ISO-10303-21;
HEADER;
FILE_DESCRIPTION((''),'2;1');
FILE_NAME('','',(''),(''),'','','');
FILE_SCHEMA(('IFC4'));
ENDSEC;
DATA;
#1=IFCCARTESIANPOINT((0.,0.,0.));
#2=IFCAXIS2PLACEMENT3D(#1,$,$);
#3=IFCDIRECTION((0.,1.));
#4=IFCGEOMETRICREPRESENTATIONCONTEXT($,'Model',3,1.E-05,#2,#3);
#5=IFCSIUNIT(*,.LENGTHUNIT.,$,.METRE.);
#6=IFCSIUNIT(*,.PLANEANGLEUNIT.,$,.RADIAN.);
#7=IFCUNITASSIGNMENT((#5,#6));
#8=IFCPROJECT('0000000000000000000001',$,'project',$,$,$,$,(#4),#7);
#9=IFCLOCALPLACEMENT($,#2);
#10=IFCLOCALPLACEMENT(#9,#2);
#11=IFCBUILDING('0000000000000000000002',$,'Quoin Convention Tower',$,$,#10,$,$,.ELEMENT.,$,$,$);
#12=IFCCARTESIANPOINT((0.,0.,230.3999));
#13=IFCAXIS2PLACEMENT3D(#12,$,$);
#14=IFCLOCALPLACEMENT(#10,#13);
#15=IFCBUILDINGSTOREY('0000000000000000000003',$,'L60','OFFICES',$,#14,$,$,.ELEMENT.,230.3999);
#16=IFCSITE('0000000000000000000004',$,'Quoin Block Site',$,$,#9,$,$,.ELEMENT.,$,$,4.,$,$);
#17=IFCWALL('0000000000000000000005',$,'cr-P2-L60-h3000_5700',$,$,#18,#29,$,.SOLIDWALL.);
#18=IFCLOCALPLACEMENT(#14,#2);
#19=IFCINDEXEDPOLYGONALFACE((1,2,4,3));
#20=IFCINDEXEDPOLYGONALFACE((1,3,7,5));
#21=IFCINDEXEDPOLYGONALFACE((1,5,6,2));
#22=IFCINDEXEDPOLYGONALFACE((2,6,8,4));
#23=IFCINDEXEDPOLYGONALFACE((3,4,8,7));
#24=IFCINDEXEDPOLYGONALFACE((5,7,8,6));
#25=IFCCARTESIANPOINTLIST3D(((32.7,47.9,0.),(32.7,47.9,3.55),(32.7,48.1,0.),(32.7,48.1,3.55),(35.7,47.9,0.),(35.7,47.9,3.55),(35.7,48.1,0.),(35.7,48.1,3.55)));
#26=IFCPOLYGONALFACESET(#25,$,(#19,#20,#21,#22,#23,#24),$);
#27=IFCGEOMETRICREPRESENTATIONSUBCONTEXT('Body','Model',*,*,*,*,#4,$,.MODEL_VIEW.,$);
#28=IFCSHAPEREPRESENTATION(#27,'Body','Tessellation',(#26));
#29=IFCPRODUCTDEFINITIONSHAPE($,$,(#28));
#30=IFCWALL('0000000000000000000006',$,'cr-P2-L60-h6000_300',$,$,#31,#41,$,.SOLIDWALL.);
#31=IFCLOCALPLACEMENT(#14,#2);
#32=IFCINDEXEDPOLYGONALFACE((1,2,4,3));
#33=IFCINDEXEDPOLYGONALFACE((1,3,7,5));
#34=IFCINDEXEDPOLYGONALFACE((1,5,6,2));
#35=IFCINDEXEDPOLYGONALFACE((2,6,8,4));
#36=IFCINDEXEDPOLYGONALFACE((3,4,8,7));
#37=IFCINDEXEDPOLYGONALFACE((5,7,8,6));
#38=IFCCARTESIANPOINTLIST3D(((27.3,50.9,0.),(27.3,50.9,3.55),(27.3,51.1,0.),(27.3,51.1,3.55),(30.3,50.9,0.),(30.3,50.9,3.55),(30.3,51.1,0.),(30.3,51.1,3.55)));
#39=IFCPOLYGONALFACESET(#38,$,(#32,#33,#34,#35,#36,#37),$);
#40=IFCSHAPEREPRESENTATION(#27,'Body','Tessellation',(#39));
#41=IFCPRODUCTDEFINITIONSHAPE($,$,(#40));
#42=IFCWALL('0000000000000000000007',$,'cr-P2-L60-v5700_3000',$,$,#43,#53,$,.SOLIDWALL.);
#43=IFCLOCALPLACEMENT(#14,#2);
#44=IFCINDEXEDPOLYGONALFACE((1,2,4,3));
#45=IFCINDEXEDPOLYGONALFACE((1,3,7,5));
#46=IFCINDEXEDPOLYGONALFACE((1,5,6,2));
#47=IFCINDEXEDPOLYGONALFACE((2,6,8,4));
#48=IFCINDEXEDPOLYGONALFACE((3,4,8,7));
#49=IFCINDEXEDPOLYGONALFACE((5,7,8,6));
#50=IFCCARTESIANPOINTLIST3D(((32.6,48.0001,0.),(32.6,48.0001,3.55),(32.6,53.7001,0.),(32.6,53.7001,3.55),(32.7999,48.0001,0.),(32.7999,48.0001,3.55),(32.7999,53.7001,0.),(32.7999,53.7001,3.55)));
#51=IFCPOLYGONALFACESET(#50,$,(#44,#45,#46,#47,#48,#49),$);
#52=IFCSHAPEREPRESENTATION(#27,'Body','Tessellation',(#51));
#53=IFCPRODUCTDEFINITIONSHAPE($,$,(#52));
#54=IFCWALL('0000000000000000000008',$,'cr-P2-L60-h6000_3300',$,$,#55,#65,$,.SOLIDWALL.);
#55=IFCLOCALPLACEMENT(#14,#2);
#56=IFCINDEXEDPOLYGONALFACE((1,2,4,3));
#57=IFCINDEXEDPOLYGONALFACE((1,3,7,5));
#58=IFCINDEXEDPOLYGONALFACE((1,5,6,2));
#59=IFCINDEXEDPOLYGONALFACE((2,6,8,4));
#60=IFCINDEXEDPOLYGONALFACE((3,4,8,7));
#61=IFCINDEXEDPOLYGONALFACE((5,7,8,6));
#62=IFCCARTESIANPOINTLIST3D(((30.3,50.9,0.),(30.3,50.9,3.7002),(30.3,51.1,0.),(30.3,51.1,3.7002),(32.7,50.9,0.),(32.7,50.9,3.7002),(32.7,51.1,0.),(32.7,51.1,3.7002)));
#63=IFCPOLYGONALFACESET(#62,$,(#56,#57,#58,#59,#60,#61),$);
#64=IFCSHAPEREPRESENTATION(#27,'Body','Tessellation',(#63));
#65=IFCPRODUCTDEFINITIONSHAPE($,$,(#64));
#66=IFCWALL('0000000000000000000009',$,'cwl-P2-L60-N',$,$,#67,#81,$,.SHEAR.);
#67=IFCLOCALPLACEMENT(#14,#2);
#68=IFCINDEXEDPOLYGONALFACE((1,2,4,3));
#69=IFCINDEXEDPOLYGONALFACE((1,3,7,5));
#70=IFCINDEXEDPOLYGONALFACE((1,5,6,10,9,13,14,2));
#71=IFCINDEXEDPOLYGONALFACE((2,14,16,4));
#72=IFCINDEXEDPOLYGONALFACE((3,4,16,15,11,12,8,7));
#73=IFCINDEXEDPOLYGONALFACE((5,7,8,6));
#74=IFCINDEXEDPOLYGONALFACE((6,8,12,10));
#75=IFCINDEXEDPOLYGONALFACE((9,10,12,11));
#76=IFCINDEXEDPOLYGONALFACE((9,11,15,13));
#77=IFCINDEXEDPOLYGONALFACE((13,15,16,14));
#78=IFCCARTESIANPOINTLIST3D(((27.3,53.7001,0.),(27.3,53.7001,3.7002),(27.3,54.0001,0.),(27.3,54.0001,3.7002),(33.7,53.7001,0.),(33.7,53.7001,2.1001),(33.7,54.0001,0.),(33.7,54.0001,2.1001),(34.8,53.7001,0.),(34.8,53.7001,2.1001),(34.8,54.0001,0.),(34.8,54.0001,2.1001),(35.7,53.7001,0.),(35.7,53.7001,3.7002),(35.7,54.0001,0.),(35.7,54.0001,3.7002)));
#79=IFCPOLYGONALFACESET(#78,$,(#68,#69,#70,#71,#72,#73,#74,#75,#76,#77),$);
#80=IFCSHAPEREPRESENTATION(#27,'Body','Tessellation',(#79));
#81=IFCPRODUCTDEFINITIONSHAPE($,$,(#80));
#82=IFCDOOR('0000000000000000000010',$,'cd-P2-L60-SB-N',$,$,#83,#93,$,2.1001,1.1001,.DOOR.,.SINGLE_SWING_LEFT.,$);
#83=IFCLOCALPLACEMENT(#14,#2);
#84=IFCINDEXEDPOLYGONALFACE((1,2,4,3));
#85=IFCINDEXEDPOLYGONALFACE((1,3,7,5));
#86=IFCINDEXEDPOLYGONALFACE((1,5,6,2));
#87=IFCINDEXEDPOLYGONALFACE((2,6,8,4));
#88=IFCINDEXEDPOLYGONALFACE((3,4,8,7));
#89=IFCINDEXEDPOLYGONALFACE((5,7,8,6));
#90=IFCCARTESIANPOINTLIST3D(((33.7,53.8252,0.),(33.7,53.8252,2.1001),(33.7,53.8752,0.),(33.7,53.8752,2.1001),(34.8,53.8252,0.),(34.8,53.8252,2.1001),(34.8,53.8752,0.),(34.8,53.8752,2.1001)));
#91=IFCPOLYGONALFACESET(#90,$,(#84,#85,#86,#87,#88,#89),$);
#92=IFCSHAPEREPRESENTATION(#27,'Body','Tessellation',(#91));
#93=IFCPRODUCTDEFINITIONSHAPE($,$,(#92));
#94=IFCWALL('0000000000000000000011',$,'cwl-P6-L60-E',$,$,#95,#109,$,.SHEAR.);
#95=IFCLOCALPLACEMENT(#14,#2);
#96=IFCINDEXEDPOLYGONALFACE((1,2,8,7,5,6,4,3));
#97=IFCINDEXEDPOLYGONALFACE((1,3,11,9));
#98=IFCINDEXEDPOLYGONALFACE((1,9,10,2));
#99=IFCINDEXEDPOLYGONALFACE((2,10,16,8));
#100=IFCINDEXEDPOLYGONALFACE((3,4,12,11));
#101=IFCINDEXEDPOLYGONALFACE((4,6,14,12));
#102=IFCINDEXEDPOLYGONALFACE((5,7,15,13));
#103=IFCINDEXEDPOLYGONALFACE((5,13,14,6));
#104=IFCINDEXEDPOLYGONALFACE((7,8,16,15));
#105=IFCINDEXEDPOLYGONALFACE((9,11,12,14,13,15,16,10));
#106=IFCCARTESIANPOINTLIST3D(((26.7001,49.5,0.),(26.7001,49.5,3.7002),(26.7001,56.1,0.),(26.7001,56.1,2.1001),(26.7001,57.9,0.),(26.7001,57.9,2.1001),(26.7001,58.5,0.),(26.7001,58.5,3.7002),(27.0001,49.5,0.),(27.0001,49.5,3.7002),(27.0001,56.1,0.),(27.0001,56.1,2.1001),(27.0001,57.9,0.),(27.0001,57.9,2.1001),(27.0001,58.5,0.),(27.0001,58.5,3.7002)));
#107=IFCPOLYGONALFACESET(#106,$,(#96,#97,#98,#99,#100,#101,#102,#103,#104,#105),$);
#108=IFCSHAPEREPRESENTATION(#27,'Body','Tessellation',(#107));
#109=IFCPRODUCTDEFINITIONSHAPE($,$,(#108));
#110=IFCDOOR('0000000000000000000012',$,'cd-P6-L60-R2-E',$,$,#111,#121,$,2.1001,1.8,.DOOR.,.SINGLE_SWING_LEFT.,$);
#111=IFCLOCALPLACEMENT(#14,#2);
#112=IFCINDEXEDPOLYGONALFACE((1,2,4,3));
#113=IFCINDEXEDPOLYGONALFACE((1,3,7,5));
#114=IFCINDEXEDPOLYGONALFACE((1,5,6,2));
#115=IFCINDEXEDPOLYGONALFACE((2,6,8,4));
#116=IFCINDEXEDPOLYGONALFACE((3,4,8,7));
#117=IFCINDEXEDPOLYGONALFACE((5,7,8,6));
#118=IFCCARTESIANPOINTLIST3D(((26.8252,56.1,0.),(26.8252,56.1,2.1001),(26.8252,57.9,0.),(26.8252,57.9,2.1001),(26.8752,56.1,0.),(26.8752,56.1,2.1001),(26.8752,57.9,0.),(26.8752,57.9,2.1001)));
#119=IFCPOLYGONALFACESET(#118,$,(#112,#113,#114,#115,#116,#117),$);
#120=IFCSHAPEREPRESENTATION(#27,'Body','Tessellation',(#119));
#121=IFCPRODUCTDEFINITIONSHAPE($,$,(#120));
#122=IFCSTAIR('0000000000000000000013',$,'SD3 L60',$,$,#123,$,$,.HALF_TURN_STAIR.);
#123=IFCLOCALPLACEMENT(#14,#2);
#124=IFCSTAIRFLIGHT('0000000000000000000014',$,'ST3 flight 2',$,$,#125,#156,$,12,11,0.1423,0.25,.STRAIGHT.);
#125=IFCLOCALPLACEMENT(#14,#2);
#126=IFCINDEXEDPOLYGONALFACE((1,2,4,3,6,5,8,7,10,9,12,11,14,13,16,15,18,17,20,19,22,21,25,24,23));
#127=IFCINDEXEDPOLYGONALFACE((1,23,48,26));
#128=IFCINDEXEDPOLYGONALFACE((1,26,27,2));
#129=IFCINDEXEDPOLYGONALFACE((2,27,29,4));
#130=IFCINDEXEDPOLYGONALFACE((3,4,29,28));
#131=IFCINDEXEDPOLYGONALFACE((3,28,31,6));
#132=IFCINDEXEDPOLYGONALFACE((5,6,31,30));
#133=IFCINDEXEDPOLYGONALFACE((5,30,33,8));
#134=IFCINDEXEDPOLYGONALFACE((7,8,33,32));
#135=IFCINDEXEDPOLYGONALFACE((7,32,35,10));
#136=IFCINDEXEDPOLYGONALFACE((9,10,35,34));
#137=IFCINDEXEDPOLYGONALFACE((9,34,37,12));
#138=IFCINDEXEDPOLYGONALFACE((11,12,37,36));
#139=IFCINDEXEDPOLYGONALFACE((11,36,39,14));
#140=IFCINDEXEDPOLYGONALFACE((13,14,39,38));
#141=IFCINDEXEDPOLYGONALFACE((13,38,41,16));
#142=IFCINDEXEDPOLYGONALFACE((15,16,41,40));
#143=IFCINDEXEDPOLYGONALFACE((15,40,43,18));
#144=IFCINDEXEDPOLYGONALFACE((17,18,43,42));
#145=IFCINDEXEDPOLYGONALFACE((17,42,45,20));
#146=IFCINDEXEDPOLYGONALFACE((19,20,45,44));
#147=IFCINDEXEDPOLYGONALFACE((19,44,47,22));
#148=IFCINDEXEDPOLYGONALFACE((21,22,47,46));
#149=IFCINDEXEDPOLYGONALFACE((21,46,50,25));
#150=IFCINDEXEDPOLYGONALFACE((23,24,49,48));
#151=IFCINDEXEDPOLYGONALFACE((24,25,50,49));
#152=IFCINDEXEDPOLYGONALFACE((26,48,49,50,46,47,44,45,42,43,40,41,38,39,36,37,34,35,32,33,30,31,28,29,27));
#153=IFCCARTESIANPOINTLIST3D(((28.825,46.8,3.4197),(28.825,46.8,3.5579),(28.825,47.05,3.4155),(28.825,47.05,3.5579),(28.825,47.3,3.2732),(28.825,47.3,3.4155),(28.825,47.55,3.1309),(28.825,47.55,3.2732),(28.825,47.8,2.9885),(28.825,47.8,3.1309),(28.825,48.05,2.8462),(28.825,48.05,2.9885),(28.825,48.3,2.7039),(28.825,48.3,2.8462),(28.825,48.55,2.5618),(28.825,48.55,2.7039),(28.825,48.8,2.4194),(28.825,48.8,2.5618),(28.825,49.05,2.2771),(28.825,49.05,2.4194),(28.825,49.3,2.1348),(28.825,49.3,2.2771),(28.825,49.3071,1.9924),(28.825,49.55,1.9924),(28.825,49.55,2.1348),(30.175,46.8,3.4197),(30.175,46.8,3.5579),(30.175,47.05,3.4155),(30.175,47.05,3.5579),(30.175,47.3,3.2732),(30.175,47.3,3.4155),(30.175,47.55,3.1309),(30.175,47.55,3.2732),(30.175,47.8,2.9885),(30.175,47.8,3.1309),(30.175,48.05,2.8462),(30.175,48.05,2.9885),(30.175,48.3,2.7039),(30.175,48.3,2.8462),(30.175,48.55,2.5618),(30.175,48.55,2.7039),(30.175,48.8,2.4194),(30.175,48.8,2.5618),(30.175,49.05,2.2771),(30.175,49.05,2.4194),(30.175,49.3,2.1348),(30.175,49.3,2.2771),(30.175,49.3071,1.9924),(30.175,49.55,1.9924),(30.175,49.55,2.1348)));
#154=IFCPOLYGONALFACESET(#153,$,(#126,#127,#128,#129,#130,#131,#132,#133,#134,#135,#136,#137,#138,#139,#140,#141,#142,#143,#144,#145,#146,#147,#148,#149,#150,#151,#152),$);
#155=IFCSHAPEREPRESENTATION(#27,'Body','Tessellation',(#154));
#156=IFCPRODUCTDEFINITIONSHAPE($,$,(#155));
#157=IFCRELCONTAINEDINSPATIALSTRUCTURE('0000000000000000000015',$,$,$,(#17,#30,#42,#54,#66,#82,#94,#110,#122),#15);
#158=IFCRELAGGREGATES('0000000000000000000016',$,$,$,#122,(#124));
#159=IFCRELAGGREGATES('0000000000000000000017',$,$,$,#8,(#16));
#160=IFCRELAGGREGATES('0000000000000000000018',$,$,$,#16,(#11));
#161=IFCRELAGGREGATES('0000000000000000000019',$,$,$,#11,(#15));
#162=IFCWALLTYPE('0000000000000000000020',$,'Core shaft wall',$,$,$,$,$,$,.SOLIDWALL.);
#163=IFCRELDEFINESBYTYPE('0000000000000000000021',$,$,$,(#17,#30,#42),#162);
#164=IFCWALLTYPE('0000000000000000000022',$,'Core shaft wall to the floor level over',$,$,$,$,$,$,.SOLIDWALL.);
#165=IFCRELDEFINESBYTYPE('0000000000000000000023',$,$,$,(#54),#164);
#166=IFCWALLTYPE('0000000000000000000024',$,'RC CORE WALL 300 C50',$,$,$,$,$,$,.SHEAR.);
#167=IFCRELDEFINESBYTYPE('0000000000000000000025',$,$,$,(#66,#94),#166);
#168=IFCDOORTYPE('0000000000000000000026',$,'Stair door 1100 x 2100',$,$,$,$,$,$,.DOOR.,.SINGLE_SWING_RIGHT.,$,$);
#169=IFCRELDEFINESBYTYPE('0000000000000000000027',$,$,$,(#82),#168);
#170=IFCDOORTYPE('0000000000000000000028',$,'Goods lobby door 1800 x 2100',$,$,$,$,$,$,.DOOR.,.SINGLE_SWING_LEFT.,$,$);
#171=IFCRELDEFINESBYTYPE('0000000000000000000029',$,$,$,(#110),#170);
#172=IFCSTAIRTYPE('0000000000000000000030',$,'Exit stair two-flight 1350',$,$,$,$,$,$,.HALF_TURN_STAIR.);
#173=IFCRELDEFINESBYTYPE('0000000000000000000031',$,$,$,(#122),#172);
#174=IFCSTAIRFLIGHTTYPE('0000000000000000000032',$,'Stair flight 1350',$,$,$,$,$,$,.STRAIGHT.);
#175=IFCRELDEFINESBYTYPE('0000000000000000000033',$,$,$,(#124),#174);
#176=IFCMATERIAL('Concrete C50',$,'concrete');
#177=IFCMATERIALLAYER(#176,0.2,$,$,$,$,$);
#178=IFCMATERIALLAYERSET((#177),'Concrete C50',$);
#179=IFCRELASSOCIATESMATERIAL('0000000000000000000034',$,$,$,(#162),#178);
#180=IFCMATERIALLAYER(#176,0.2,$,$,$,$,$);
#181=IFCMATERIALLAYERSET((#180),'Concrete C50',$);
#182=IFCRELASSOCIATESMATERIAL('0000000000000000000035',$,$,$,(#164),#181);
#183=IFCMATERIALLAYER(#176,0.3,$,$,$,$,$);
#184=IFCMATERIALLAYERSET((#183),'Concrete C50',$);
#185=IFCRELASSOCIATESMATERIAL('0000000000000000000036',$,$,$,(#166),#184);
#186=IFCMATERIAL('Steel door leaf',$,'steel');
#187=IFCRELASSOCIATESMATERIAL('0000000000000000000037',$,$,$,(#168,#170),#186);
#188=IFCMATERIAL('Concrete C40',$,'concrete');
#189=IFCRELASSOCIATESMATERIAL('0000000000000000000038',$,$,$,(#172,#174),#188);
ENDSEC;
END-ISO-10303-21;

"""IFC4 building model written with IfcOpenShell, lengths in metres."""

from ifc_helpers import new_model, si_unit, direction, frame, frame_2d, origin, place, context, subcontext, project, spatial, polyline, rectangle, outline, extrude, material, layer, layer_set, type_object, element, fill, aggregate, save


model = new_model("IFC4")

# Units and contexts
model_context = context("Model", 3, precision=1e-05, world=origin(), true_north=direction((0.0, 1.0)))
body_context = subcontext(model_context, "Body", "Model", "MODEL_VIEW")
ifc_project = project(units=[si_unit("LENGTHUNIT", "METRE"), si_unit("PLANEANGLEUNIT", "RADIAN")], contexts=[model_context])

# Site, building, storey
site_placement = place(None, origin())
site = spatial("IfcSite", under=ifc_project, at=site_placement, Name="Quoin Block Site", CompositionType="ELEMENT", RefElevation=4.0)
building_placement = place(site_placement, origin())
building = spatial("IfcBuilding", under=site, at=building_placement, Name="Quoin Convention Tower", CompositionType="ELEMENT")
storey_placement = place(building_placement, frame((0.0, 0.0, 230.3999)))
storey = spatial("IfcBuildingStorey", under=building, at=storey_placement, Name="L60", Description="OFFICES", CompositionType="ELEMENT", Elevation=230.3999)

# Shared definitions
ifc_material_1 = material(Name="Concrete C50", Category="concrete")

# Walls
ifc_layer_1 = layer(ifc_material_1, 0.2)
ifc_layer_set_1 = layer_set([ifc_layer_1], Name="Concrete C50")
wall_type_1 = type_object("IfcWallType", Name="Core shaft wall", PredefinedType="SOLIDWALL", material=ifc_layer_set_1)
for number, where, z_axis, x_axis, name in (
    (1, (32.7, 48.0, 0.0), (0.0, 0.0, 1.0), (1.0, 0.0, 0.0), "cr-P2-L60-h3000_5700"),
    (2, (27.3, 51.0, 0.0), (0.0, 0.0, 1.0), (1.0, 0.0, 0.0), "cr-P2-L60-h6000_300"),
):
    element("IfcWall", number, at=place(storey_placement, frame(where, z_axis=z_axis, x_axis=x_axis)), inside=storey, type_object=wall_type_1, Name=name, PredefinedType="SOLIDWALL", context=body_context, shape_type="SweptSolid", body=[
        extrude(rectangle(XDim=3.0, YDim=0.2, at=frame_2d((1.5, 0.0))), origin(), (0.0, 0.0, 1.0), 3.55),
    ])
wall_1_placement = place(storey_placement, frame((32.7, 48.0, 0.0), z_axis=(0.0, 0.0, 1.0), x_axis=(0.0, 1.0, 0.0)))
element("IfcWall", 3, at=wall_1_placement, inside=storey, type_object=wall_type_1, Name="cr-P2-L60-v5700_3000", PredefinedType="SOLIDWALL", context=body_context, shape_type="SweptSolid", body=[
    extrude(rectangle(XDim=5.7, YDim=0.2, at=frame_2d((2.8501, 0.0))), origin(), (0.0, 0.0, 1.0), 3.55),
])
ifc_layer_2 = layer(ifc_material_1, 0.2)
ifc_layer_set_2 = layer_set([ifc_layer_2], Name="Concrete C50")
wall_type_2 = type_object("IfcWallType", Name="Core shaft wall to the floor level over", PredefinedType="SOLIDWALL", material=ifc_layer_set_2)
wall_2_placement = place(storey_placement, frame((30.3, 51.0, 0.0), z_axis=(0.0, 0.0, 1.0), x_axis=(1.0, 0.0, 0.0)))
element("IfcWall", 4, at=wall_2_placement, inside=storey, type_object=wall_type_2, Name="cr-P2-L60-h6000_3300", PredefinedType="SOLIDWALL", context=body_context, shape_type="SweptSolid", body=[
    extrude(rectangle(XDim=2.3999, YDim=0.2, at=frame_2d((1.2, 0.0))), origin(), (0.0, 0.0, 1.0), 3.7002),
])

# Walls, openings, doors
ifc_layer_3 = layer(ifc_material_1, 0.3)
ifc_layer_set_3 = layer_set([ifc_layer_3], Name="Concrete C50")
wall_type_3 = type_object("IfcWallType", Name="RC CORE WALL 300 C50", PredefinedType="SHEAR", material=ifc_layer_set_3)
wall_3_placement = place(storey_placement, frame((27.3, 53.8501, 0.0), z_axis=(0.0, 0.0, 1.0), x_axis=(1.0, 0.0, 0.0)))
wall_3 = element("IfcWall", 5, at=wall_3_placement, inside=storey, type_object=wall_type_3, Name="cwl-P2-L60-N", PredefinedType="SHEAR", context=body_context, shape_type="SweptSolid", body=[
    extrude(rectangle(XDim=8.3999, YDim=0.3, at=frame_2d((4.2, 0.0))), origin(), (0.0, 0.0, 1.0), 3.7002),
])
opening_1_placement = place(wall_3_placement, frame((6.3999, 0.0, 0.0)))
opening_1 = element("IfcOpeningElement", 6, at=opening_1_placement, cuts=wall_3, PredefinedType="OPENING", context=body_context, shape_type="SweptSolid", body=[
    extrude(rectangle(XDim=1.1001, YDim=2.1001, at=frame_2d((0.55, 1.05))), frame((0.0, 0.1599, 0.0), z_axis=(0.0, -1.0, 0.0), x_axis=(1.0, 0.0, 0.0)), (0.0, 0.0, 1.0), 0.3201),
])
ifc_material_2 = material(Name="Steel door leaf", Category="steel")
door_type_1 = type_object("IfcDoorType", Name="Stair door 1100 x 2100", OperationType="SINGLE_SWING_RIGHT", PredefinedType="DOOR", material=ifc_material_2)
door_1_placement = place(opening_1_placement, frame((1.1001, 0.0, 0.0), z_axis=(0.0, 0.0, 1.0), x_axis=(-1.0, 0.0, 0.0)))
door_1 = element("IfcDoor", 7, at=door_1_placement, inside=storey, type_object=door_type_1, Name="cd-P2-L60-SB-N", OperationType="SINGLE_SWING_LEFT", OverallHeight=2.1001, OverallWidth=1.1001, PredefinedType="DOOR", context=body_context, shape_type="SweptSolid", body=[
    extrude(rectangle(XDim=1.1001, YDim=2.1001, at=frame_2d((0.55, 1.05))), frame((0.0, 0.0249, 0.0), z_axis=(0.0, -1.0, 0.0), x_axis=(1.0, 0.0, 0.0)), (0.0, 0.0, 1.0), 0.05),
])
fill(opening_1, door_1)
wall_4_placement = place(storey_placement, frame((26.8501, 49.5, 0.0), z_axis=(0.0, 0.0, 1.0), x_axis=(0.0, 1.0, 0.0)))
wall_4 = element("IfcWall", 8, at=wall_4_placement, inside=storey, type_object=wall_type_3, Name="cwl-P6-L60-E", PredefinedType="SHEAR", context=body_context, shape_type="SweptSolid", body=[
    extrude(rectangle(XDim=9.0, YDim=0.3, at=frame_2d((4.5, 0.0))), origin(), (0.0, 0.0, 1.0), 3.7002),
])
opening_2_placement = place(wall_4_placement, frame((6.6001, 0.0, 0.0)))
opening_2 = element("IfcOpeningElement", 9, at=opening_2_placement, cuts=wall_4, PredefinedType="OPENING", context=body_context, shape_type="SweptSolid", body=[
    extrude(rectangle(XDim=1.8, YDim=2.1001, at=frame_2d((0.8999, 1.05))), frame((0.0, 0.1599, 0.0), z_axis=(0.0, -1.0, 0.0), x_axis=(1.0, 0.0, 0.0)), (0.0, 0.0, 1.0), 0.3201),
])
door_type_2 = type_object("IfcDoorType", Name="Goods lobby door 1800 x 2100", OperationType="SINGLE_SWING_LEFT", PredefinedType="DOOR", material=ifc_material_2)
door_2_placement = place(opening_2_placement, origin())
door_2 = element("IfcDoor", 10, at=door_2_placement, inside=storey, type_object=door_type_2, Name="cd-P6-L60-R2-E", OperationType="SINGLE_SWING_LEFT", OverallHeight=2.1001, OverallWidth=1.8, PredefinedType="DOOR", context=body_context, shape_type="SweptSolid", body=[
    extrude(rectangle(XDim=1.8, YDim=2.1001, at=frame_2d((0.8999, 1.05))), frame((0.0, 0.0249, 0.0), z_axis=(0.0, -1.0, 0.0), x_axis=(1.0, 0.0, 0.0)), (0.0, 0.0, 1.0), 0.05),
])
fill(opening_2, door_2)

# Stair, stair flight
ifc_material_3 = material(Name="Concrete C40", Category="concrete")
stair_type_1 = type_object("IfcStairType", Name="Exit stair two-flight 1350", PredefinedType="HALF_TURN_STAIR", material=ifc_material_3)
stair_1_placement = place(storey_placement, origin())
stair_1 = element("IfcStair", 11, at=stair_1_placement, inside=storey, type_object=stair_type_1, Name="SD3 L60", PredefinedType="HALF_TURN_STAIR")
stair_flight_type_1 = type_object("IfcStairFlightType", Name="Stair flight 1350", PredefinedType="STRAIGHT", material=ifc_material_3)
stair_flight_1_placement = place(storey_placement, frame((29.5, 49.55, 1.9924), z_axis=(0.0, 0.0, 1.0), x_axis=(0.0, -1.0, 0.0)))
stair_flight_1 = element("IfcStairFlight", 12, at=stair_flight_1_placement, type_object=stair_flight_type_1, Name="ST3 flight 2", NumberOfRisers=12, NumberOfTreads=11, PredefinedType="STRAIGHT", RiserHeight=0.1423, TreadLength=0.25, context=body_context, shape_type="SweptSolid", body=[
    extrude(outline(polyline([(0.0, 0.0), (0.0, 0.1423), (0.25, 0.1423), (0.25, 0.2847), (0.5, 0.2847), (0.5, 0.427), (0.75, 0.427), (0.75, 0.5693), (1.0, 0.5693), (1.0, 0.7114), (1.25, 0.7114), (1.25, 0.8538), (1.5, 0.8538), (1.5, 0.9961), (1.75, 0.9961), (1.75, 1.1384), (2.0, 1.1384), (2.0, 1.2808), (2.25, 1.2808), (2.25, 1.4231), (2.5, 1.4231), (2.5, 1.5654), (2.75, 1.5654), (2.75, 1.7078), (2.75, 1.4272), (0.2429, 0.0), (0.0, 0.0)])), frame((0.0, 0.675, 0.0), z_axis=(0.0, -1.0, 0.0), x_axis=(1.0, 0.0, 0.0)), (0.0, 0.0, 1.0), 1.3501),
])
aggregate(stair_1, [stair_flight_1])

save(model, "model.ifc")
